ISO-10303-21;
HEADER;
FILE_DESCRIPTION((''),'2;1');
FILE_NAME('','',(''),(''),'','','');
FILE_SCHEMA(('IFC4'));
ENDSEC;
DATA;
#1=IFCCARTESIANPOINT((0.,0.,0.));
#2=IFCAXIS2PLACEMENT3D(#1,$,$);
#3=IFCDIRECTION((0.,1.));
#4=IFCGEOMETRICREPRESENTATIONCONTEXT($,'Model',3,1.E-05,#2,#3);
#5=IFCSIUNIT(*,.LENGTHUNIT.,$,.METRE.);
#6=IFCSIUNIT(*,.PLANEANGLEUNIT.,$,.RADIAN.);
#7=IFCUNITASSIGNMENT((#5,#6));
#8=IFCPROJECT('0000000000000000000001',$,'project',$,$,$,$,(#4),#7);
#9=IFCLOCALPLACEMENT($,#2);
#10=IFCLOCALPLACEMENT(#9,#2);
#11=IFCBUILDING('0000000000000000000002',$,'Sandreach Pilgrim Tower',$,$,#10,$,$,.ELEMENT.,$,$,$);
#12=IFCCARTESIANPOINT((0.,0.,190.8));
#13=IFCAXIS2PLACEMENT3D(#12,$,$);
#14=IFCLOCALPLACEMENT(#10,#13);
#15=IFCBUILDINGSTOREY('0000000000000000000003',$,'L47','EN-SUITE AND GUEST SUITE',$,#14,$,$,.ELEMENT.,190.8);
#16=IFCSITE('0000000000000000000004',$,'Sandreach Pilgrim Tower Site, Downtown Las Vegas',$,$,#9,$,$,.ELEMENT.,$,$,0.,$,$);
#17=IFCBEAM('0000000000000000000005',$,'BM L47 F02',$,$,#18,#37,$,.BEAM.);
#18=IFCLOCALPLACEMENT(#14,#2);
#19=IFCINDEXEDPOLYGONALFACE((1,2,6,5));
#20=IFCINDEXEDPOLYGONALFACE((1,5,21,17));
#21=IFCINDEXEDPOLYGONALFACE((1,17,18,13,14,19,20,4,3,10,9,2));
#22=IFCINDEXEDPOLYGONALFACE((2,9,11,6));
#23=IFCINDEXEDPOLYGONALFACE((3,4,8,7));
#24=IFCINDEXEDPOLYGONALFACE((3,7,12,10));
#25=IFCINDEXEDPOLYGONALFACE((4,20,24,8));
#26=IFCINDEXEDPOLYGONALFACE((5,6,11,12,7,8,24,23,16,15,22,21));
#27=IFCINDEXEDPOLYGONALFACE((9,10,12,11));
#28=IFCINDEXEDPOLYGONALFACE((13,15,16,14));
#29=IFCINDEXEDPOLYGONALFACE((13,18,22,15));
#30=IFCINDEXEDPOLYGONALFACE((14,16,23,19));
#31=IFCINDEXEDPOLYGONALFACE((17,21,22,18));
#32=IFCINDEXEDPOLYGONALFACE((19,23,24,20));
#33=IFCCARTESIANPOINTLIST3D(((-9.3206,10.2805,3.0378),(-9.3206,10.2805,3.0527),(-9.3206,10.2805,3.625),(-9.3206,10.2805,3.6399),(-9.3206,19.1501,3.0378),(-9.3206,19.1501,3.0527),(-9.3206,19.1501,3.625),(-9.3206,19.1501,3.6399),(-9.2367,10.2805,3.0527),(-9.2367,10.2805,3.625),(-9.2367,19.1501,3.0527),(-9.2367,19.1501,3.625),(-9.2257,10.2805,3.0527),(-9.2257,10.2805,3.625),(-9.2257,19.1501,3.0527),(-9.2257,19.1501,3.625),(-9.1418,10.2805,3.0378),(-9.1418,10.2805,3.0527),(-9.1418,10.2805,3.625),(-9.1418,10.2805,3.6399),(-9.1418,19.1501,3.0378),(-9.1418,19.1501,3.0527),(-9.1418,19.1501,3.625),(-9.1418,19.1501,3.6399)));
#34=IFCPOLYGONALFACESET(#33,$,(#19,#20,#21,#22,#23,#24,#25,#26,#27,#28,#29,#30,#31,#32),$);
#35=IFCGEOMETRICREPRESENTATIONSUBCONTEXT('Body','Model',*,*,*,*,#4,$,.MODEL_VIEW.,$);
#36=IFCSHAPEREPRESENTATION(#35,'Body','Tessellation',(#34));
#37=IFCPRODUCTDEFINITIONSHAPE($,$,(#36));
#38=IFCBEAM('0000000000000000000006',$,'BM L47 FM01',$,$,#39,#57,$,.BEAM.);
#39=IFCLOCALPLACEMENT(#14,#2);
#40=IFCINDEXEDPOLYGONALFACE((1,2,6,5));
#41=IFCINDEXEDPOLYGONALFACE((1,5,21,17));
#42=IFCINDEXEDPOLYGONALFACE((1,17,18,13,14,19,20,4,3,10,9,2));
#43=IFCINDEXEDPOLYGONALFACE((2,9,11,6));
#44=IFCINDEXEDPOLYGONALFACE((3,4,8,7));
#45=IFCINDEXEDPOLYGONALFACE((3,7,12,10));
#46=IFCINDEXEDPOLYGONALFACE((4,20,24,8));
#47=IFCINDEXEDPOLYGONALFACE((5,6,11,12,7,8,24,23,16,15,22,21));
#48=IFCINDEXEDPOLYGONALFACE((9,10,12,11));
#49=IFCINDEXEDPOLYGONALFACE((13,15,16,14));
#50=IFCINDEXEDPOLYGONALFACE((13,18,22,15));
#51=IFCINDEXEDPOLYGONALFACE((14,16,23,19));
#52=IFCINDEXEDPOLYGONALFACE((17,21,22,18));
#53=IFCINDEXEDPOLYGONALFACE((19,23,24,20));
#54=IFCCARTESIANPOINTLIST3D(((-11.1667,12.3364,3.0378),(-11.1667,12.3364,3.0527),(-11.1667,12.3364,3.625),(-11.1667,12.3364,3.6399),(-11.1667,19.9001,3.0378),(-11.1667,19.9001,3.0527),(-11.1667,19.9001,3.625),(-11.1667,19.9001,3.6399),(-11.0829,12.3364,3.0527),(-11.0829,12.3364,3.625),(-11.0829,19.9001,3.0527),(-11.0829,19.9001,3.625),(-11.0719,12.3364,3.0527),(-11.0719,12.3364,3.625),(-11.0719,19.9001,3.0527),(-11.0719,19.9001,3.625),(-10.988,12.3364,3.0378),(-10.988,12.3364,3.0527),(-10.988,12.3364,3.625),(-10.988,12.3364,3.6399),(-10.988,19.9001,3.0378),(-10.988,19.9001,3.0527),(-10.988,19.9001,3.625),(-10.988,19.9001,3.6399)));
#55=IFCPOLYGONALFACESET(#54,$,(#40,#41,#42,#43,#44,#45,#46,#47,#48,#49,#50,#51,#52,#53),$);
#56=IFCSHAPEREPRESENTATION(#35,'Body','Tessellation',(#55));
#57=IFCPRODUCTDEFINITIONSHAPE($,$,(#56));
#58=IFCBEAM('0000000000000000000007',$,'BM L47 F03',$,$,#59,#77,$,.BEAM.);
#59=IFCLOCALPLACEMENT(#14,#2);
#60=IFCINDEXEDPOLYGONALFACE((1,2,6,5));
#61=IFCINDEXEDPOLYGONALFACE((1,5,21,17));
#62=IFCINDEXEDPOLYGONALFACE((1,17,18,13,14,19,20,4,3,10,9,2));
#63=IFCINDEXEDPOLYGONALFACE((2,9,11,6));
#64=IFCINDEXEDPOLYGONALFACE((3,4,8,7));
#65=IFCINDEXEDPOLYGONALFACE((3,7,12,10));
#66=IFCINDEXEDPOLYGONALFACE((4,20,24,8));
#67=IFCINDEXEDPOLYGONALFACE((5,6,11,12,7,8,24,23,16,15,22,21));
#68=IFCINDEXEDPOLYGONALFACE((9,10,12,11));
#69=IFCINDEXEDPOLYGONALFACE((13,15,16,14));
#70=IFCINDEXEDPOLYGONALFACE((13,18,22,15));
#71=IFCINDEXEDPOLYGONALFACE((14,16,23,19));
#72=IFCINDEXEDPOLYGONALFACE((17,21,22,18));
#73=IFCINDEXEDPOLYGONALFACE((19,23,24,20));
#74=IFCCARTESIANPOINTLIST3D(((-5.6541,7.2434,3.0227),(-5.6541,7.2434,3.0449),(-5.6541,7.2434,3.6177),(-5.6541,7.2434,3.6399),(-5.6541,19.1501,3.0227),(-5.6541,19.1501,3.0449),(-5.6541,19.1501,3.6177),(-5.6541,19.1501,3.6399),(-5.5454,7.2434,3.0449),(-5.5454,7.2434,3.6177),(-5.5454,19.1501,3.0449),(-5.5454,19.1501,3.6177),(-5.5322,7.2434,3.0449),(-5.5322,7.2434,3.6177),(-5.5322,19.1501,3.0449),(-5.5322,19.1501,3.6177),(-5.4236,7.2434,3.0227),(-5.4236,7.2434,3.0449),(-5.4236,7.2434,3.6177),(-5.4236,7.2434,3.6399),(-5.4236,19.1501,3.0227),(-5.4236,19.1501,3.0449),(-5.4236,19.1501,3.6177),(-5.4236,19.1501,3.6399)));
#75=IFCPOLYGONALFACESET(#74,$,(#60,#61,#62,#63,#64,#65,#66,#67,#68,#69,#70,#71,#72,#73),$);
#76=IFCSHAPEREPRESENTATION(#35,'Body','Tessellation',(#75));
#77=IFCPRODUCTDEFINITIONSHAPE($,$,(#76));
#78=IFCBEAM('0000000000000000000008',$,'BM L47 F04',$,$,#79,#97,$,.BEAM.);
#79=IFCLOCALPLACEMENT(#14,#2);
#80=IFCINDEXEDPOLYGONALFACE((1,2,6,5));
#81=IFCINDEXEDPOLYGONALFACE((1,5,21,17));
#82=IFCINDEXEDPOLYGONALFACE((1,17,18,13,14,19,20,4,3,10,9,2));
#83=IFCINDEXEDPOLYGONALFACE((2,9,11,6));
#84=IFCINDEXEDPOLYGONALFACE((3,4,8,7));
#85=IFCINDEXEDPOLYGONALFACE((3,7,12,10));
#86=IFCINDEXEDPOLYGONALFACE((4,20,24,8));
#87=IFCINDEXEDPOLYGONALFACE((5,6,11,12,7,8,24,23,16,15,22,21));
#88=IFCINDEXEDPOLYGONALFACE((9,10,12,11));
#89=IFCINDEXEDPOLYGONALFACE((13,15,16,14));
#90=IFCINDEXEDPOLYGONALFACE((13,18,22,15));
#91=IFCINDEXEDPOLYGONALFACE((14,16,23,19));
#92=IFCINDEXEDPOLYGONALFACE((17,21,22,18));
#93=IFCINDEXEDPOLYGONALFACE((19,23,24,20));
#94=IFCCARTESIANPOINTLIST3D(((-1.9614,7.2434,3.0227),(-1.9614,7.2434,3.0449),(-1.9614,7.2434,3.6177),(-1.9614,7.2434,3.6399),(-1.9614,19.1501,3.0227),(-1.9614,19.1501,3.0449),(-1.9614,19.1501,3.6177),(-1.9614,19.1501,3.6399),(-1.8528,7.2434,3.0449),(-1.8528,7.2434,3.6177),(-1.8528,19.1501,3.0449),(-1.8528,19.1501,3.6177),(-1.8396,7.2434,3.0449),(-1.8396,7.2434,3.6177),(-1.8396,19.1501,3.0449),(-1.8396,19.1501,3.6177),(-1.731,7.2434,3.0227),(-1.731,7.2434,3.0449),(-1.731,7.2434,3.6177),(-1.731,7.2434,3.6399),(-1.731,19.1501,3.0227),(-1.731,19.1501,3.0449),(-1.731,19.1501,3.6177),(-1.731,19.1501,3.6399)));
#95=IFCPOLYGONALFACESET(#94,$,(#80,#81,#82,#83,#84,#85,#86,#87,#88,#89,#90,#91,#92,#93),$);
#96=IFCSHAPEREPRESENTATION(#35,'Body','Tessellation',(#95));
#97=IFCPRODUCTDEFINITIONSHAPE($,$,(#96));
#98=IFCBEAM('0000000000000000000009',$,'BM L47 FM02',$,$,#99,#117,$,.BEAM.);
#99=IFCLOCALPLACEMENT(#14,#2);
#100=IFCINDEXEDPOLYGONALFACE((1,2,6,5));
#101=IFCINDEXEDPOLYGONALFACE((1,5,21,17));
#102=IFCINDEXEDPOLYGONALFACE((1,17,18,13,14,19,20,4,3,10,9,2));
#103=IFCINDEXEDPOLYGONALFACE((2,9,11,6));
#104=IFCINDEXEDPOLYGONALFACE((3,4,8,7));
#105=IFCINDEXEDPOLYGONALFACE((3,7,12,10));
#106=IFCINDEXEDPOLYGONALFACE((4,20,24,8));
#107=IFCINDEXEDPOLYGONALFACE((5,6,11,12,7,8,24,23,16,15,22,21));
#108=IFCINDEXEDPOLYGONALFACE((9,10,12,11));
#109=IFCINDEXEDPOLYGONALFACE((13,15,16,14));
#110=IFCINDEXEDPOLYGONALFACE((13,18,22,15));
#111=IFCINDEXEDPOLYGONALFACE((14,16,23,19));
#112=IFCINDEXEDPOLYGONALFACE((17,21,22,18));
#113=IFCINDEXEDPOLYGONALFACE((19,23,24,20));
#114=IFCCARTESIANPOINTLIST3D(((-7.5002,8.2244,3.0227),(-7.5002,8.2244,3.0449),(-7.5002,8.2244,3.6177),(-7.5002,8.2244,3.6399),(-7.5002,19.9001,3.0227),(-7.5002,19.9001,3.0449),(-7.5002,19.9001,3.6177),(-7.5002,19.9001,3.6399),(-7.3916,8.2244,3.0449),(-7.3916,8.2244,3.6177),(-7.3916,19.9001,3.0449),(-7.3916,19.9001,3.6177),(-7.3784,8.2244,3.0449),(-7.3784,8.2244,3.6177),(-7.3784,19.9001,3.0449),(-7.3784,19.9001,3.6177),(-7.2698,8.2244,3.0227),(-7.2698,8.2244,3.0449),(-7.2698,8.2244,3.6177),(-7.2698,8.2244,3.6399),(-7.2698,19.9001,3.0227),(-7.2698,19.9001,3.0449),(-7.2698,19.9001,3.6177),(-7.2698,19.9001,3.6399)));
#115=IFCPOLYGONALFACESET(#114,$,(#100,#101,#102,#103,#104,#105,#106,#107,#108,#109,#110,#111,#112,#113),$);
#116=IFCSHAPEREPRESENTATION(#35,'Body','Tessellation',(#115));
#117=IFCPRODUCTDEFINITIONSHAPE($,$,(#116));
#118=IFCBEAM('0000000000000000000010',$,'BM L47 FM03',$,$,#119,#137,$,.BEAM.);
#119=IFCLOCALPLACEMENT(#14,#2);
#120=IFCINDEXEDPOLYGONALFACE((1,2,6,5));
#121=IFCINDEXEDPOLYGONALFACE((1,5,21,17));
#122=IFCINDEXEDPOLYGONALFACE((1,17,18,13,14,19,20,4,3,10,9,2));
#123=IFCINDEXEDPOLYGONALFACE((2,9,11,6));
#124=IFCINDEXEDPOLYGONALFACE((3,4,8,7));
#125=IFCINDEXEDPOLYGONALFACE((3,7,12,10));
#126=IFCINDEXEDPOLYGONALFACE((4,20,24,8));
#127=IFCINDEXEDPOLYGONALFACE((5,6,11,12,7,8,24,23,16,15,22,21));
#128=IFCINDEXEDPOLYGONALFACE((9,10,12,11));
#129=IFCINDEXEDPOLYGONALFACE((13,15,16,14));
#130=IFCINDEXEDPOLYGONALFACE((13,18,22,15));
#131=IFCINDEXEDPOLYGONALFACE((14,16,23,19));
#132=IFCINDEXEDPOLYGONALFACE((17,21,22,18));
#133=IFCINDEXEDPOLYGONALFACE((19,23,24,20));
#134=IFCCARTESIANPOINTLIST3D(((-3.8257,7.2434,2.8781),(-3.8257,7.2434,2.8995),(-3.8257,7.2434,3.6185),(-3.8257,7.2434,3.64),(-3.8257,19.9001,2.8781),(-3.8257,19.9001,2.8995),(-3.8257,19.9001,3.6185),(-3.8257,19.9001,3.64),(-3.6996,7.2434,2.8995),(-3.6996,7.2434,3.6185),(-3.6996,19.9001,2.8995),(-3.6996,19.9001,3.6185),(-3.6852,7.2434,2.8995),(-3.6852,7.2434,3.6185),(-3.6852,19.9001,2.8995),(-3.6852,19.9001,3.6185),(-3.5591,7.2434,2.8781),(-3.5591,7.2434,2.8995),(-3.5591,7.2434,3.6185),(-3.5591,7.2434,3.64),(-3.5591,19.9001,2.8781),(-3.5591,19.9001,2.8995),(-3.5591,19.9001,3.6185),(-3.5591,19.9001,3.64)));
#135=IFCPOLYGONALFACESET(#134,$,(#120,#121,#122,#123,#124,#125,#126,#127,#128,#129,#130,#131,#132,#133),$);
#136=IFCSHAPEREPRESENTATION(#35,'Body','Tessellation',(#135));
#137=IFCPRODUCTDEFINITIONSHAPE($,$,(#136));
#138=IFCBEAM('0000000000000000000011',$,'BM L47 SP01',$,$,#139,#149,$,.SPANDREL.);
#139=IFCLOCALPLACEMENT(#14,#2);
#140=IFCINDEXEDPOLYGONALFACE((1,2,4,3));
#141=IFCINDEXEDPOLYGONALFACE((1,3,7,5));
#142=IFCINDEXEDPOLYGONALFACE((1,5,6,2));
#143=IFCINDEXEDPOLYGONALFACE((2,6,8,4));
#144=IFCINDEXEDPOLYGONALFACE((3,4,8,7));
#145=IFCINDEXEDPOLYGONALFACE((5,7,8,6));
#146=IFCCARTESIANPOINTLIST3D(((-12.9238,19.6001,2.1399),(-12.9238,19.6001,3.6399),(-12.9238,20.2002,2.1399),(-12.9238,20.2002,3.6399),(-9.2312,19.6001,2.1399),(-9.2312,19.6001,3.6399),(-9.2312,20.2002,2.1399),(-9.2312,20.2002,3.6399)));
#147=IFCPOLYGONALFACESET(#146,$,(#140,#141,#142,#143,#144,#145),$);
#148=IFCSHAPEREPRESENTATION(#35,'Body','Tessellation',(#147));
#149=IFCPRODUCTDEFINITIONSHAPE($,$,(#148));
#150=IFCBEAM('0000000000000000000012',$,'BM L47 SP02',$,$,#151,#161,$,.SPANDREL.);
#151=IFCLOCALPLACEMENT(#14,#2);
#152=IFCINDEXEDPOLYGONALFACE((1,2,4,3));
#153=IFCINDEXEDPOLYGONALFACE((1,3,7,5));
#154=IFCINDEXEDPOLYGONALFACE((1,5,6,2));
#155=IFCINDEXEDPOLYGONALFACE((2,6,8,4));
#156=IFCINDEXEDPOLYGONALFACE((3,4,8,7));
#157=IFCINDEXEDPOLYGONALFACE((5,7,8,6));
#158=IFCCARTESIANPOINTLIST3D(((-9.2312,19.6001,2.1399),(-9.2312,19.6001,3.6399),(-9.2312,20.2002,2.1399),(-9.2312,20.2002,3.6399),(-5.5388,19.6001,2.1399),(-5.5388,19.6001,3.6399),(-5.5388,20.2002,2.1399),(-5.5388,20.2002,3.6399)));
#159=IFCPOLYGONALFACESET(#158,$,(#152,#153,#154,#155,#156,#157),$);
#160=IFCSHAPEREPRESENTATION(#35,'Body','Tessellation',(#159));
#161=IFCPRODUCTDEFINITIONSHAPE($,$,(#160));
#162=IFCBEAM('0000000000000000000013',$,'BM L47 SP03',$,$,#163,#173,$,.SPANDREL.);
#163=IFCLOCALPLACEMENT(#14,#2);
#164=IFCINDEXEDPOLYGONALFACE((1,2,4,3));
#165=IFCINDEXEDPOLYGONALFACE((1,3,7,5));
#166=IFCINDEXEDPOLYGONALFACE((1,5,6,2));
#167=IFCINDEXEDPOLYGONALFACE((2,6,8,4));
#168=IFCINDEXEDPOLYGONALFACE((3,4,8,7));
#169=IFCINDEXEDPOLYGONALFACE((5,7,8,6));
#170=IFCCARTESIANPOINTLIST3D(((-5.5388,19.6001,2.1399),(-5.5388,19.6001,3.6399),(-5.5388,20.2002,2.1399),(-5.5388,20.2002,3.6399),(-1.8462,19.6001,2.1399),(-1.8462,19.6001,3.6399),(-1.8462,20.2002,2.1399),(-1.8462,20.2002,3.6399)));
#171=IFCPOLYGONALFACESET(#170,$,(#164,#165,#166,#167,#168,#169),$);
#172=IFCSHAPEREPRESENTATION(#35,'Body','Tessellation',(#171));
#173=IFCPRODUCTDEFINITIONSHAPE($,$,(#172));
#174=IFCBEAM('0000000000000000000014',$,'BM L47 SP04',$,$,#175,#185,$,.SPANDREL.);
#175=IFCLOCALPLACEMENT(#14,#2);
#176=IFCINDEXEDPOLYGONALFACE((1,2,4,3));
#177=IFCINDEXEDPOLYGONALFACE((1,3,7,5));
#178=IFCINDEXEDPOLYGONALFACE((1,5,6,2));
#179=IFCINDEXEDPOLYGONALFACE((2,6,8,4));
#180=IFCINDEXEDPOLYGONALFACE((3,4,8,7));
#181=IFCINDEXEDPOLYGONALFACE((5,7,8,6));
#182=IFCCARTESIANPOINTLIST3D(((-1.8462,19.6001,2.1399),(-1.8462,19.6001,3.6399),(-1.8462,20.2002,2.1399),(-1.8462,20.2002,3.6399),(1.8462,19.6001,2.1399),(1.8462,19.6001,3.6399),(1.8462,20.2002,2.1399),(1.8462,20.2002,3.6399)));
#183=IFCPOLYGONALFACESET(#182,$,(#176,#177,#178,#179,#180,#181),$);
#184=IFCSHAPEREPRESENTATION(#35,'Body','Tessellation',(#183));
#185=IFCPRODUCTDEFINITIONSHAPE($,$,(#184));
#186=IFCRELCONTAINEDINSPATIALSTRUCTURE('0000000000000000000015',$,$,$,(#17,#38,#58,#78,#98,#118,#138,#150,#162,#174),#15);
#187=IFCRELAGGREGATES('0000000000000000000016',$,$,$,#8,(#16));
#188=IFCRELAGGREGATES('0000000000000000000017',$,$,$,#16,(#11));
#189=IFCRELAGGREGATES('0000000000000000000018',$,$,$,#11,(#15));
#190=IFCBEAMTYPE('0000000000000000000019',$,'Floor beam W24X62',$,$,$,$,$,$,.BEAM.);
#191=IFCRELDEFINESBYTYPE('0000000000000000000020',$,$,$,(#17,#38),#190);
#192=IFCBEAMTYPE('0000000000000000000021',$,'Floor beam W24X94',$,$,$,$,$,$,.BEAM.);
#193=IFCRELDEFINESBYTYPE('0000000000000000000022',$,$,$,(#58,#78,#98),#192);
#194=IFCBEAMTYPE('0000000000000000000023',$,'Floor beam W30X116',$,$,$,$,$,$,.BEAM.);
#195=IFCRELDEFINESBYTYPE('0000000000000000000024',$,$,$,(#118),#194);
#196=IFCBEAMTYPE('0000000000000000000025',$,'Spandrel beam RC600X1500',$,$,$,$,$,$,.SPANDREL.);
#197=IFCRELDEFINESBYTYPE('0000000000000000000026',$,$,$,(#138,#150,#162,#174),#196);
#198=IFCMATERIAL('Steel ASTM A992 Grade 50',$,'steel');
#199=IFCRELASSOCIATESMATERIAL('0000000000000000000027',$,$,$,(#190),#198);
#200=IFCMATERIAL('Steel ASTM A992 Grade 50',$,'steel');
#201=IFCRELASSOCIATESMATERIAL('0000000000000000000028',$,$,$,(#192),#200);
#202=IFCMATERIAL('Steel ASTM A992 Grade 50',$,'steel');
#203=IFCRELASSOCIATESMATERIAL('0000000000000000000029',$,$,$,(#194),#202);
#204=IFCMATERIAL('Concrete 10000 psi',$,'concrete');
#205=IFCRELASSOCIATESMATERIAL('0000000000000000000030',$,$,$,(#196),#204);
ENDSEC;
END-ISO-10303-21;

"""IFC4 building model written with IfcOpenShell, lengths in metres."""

from ifc_helpers import new_model, si_unit, direction, frame, origin, origin_2d, place, context, subcontext, project, spatial, rectangle, i_section, extrude, material, material_profile, profile_set, type_object, element, save


model = new_model("IFC4")

# Units and contexts
model_context = context("Model", 3, precision=1e-05, world=origin(), true_north=direction((0.0, 1.0)))
body_context = subcontext(model_context, "Body", "Model", "MODEL_VIEW")
ifc_project = project(units=[si_unit("LENGTHUNIT", "METRE"), si_unit("PLANEANGLEUNIT", "RADIAN")], contexts=[model_context])

# Site, building, storey
site_placement = place(None, origin())
site = spatial("IfcSite", under=ifc_project, at=site_placement, Name="Sandreach Pilgrim Tower Site, Downtown Las Vegas", CompositionType="ELEMENT", RefElevation=0.0)
building_placement = place(site_placement, origin())
building = spatial("IfcBuilding", under=site, at=building_placement, Name="Sandreach Pilgrim Tower", CompositionType="ELEMENT")
storey_placement = place(building_placement, frame((0.0, 0.0, 190.8)))
storey = spatial("IfcBuildingStorey", under=building, at=storey_placement, Name="L47", Description="EN-SUITE AND GUEST SUITE", CompositionType="ELEMENT", Elevation=190.8)

# Beams
ifc_material_1 = material(Name="Steel ASTM A992 Grade 50", Category="steel")
ifc_material_profile_1 = material_profile(ifc_material_1, i_section(OverallWidth=0.1787, OverallDepth=0.6021, WebThickness=0.011, FlangeThickness=0.0149, at=origin_2d()), Name="W24X62")
ifc_profile_set_1 = profile_set([ifc_material_profile_1], Name="Steel ASTM A992 Grade 50")
beam_type_1 = type_object("IfcBeamType", Name="Floor beam W24X62", PredefinedType="BEAM", material=ifc_profile_set_1)
beam_1_placement = place(storey_placement, frame((-9.2312, 19.1501, 3.3389), z_axis=(0.0, -1.0, 0.0), x_axis=(1.0, 0.0, 0.0)))
element("IfcBeam", 1, at=beam_1_placement, inside=storey, type_object=beam_type_1, Name="BM L47 F02", PredefinedType="BEAM", context=body_context, shape_type="SweptSolid", body=[
    extrude(i_section(OverallWidth=0.1787, OverallDepth=0.6021, WebThickness=0.011, FlangeThickness=0.0149, at=origin_2d()), origin(), (0.0, 0.0, 1.0), 8.8696),
])
beam_2_placement = place(storey_placement, frame((-11.0774, 19.9001, 3.3389), z_axis=(0.0, -1.0, 0.0), x_axis=(1.0, 0.0, 0.0)))
element("IfcBeam", 2, at=beam_2_placement, inside=storey, type_object=beam_type_1, Name="BM L47 FM01", PredefinedType="BEAM", context=body_context, shape_type="SweptSolid", body=[
    extrude(i_section(OverallWidth=0.1787, OverallDepth=0.6021, WebThickness=0.011, FlangeThickness=0.0149, at=origin_2d()), origin(), (0.0, 0.0, 1.0), 7.5637),
])
ifc_material_2 = material(Name="Steel ASTM A992 Grade 50", Category="steel")
ifc_material_profile_2 = material_profile(ifc_material_2, i_section(OverallWidth=0.2305, OverallDepth=0.6172, WebThickness=0.0132, FlangeThickness=0.0222, at=origin_2d()), Name="W24X94")
ifc_profile_set_2 = profile_set([ifc_material_profile_2], Name="Steel ASTM A992 Grade 50")
beam_type_2 = type_object("IfcBeamType", Name="Floor beam W24X94", PredefinedType="BEAM", material=ifc_profile_set_2)
for number, where, z_axis, x_axis, name in (
    (3, (-5.5388, 19.1501, 3.3313), (0.0, -1.0, 0.0), (1.0, 0.0, 0.0), "BM L47 F03"),
    (4, (-1.8462, 19.1501, 3.3313), (0.0, -1.0, 0.0), (1.0, 0.0, 0.0), "BM L47 F04"),
):
    element("IfcBeam", number, at=place(storey_placement, frame(where, z_axis=z_axis, x_axis=x_axis)), inside=storey, type_object=beam_type_2, Name=name, PredefinedType="BEAM", context=body_context, shape_type="SweptSolid", body=[
        extrude(i_section(OverallWidth=0.2305, OverallDepth=0.6172, WebThickness=0.0132, FlangeThickness=0.0222, at=origin_2d()), origin(), (0.0, 0.0, 1.0), 11.9067),
    ])
beam_3_placement = place(storey_placement, frame((-7.385, 19.9001, 3.3313), z_axis=(0.0, -1.0, 0.0), x_axis=(1.0, 0.0, 0.0)))
element("IfcBeam", 5, at=beam_3_placement, inside=storey, type_object=beam_type_2, Name="BM L47 FM02", PredefinedType="BEAM", context=body_context, shape_type="SweptSolid", body=[
    extrude(i_section(OverallWidth=0.2305, OverallDepth=0.6172, WebThickness=0.0132, FlangeThickness=0.0222, at=origin_2d()), origin(), (0.0, 0.0, 1.0), 11.6758),
])
ifc_material_3 = material(Name="Steel ASTM A992 Grade 50", Category="steel")
ifc_material_profile_3 = material_profile(ifc_material_3, i_section(OverallWidth=0.2666, OverallDepth=0.762, WebThickness=0.0144, FlangeThickness=0.0215, at=origin_2d()), Name="W30X116")
ifc_profile_set_3 = profile_set([ifc_material_profile_3], Name="Steel ASTM A992 Grade 50")
beam_type_3 = type_object("IfcBeamType", Name="Floor beam W30X116", PredefinedType="BEAM", material=ifc_profile_set_3)
beam_4_placement = place(storey_placement, frame((-3.6924, 19.9001, 3.259), z_axis=(0.0, -1.0, 0.0), x_axis=(1.0, 0.0, 0.0)))
element("IfcBeam", 6, at=beam_4_placement, inside=storey, type_object=beam_type_3, Name="BM L47 FM03", PredefinedType="BEAM", context=body_context, shape_type="SweptSolid", body=[
    extrude(i_section(OverallWidth=0.2666, OverallDepth=0.762, WebThickness=0.0144, FlangeThickness=0.0215, at=origin_2d()), origin(), (0.0, 0.0, 1.0), 12.6567),
])
ifc_material_4 = material(Name="Concrete 10000 psi", Category="concrete")
ifc_material_profile_4 = material_profile(ifc_material_4, rectangle(XDim=0.6001, YDim=1.5, at=origin_2d()), Name="RC600X1500")
ifc_profile_set_4 = profile_set([ifc_material_profile_4], Name="Concrete 10000 psi")
beam_type_4 = type_object("IfcBeamType", Name="Spandrel beam RC600X1500", PredefinedType="SPANDREL", material=ifc_profile_set_4)
beam_5_placement = place(storey_placement, frame((-12.9238, 19.9001, 2.8899), z_axis=(1.0, 0.0, 0.0), x_axis=(0.0, 1.0, 0.0)))
element("IfcBeam", 7, at=beam_5_placement, inside=storey, type_object=beam_type_4, Name="BM L47 SP01", PredefinedType="SPANDREL", context=body_context, shape_type="SweptSolid", body=[
    extrude(rectangle(XDim=0.6001, YDim=1.5, at=origin_2d()), origin(), (0.0, 0.0, 1.0), 3.6926),
])
beam_6_placement = place(storey_placement, frame((-9.2312, 19.9001, 2.8899), z_axis=(1.0, 0.0, 0.0), x_axis=(0.0, 1.0, 0.0)))
element("IfcBeam", 8, at=beam_6_placement, inside=storey, type_object=beam_type_4, Name="BM L47 SP02", PredefinedType="SPANDREL", context=body_context, shape_type="SweptSolid", body=[
    extrude(rectangle(XDim=0.6001, YDim=1.5, at=origin_2d()), origin(), (0.0, 0.0, 1.0), 3.6924),
])
beam_7_placement = place(storey_placement, frame((-5.5388, 19.9001, 2.8899), z_axis=(1.0, 0.0, 0.0), x_axis=(0.0, 1.0, 0.0)))
element("IfcBeam", 9, at=beam_7_placement, inside=storey, type_object=beam_type_4, Name="BM L47 SP03", PredefinedType="SPANDREL", context=body_context, shape_type="SweptSolid", body=[
    extrude(rectangle(XDim=0.6001, YDim=1.5, at=origin_2d()), origin(), (0.0, 0.0, 1.0), 3.6926),
])
beam_8_placement = place(storey_placement, frame((-1.8462, 19.9001, 2.8899), z_axis=(1.0, 0.0, 0.0), x_axis=(0.0, 1.0, 0.0)))
element("IfcBeam", 10, at=beam_8_placement, inside=storey, type_object=beam_type_4, Name="BM L47 SP04", PredefinedType="SPANDREL", context=body_context, shape_type="SweptSolid", body=[
    extrude(rectangle(XDim=0.6001, YDim=1.5, at=origin_2d()), origin(), (0.0, 0.0, 1.0), 3.6924),
])

save(model, "model.ifc")
